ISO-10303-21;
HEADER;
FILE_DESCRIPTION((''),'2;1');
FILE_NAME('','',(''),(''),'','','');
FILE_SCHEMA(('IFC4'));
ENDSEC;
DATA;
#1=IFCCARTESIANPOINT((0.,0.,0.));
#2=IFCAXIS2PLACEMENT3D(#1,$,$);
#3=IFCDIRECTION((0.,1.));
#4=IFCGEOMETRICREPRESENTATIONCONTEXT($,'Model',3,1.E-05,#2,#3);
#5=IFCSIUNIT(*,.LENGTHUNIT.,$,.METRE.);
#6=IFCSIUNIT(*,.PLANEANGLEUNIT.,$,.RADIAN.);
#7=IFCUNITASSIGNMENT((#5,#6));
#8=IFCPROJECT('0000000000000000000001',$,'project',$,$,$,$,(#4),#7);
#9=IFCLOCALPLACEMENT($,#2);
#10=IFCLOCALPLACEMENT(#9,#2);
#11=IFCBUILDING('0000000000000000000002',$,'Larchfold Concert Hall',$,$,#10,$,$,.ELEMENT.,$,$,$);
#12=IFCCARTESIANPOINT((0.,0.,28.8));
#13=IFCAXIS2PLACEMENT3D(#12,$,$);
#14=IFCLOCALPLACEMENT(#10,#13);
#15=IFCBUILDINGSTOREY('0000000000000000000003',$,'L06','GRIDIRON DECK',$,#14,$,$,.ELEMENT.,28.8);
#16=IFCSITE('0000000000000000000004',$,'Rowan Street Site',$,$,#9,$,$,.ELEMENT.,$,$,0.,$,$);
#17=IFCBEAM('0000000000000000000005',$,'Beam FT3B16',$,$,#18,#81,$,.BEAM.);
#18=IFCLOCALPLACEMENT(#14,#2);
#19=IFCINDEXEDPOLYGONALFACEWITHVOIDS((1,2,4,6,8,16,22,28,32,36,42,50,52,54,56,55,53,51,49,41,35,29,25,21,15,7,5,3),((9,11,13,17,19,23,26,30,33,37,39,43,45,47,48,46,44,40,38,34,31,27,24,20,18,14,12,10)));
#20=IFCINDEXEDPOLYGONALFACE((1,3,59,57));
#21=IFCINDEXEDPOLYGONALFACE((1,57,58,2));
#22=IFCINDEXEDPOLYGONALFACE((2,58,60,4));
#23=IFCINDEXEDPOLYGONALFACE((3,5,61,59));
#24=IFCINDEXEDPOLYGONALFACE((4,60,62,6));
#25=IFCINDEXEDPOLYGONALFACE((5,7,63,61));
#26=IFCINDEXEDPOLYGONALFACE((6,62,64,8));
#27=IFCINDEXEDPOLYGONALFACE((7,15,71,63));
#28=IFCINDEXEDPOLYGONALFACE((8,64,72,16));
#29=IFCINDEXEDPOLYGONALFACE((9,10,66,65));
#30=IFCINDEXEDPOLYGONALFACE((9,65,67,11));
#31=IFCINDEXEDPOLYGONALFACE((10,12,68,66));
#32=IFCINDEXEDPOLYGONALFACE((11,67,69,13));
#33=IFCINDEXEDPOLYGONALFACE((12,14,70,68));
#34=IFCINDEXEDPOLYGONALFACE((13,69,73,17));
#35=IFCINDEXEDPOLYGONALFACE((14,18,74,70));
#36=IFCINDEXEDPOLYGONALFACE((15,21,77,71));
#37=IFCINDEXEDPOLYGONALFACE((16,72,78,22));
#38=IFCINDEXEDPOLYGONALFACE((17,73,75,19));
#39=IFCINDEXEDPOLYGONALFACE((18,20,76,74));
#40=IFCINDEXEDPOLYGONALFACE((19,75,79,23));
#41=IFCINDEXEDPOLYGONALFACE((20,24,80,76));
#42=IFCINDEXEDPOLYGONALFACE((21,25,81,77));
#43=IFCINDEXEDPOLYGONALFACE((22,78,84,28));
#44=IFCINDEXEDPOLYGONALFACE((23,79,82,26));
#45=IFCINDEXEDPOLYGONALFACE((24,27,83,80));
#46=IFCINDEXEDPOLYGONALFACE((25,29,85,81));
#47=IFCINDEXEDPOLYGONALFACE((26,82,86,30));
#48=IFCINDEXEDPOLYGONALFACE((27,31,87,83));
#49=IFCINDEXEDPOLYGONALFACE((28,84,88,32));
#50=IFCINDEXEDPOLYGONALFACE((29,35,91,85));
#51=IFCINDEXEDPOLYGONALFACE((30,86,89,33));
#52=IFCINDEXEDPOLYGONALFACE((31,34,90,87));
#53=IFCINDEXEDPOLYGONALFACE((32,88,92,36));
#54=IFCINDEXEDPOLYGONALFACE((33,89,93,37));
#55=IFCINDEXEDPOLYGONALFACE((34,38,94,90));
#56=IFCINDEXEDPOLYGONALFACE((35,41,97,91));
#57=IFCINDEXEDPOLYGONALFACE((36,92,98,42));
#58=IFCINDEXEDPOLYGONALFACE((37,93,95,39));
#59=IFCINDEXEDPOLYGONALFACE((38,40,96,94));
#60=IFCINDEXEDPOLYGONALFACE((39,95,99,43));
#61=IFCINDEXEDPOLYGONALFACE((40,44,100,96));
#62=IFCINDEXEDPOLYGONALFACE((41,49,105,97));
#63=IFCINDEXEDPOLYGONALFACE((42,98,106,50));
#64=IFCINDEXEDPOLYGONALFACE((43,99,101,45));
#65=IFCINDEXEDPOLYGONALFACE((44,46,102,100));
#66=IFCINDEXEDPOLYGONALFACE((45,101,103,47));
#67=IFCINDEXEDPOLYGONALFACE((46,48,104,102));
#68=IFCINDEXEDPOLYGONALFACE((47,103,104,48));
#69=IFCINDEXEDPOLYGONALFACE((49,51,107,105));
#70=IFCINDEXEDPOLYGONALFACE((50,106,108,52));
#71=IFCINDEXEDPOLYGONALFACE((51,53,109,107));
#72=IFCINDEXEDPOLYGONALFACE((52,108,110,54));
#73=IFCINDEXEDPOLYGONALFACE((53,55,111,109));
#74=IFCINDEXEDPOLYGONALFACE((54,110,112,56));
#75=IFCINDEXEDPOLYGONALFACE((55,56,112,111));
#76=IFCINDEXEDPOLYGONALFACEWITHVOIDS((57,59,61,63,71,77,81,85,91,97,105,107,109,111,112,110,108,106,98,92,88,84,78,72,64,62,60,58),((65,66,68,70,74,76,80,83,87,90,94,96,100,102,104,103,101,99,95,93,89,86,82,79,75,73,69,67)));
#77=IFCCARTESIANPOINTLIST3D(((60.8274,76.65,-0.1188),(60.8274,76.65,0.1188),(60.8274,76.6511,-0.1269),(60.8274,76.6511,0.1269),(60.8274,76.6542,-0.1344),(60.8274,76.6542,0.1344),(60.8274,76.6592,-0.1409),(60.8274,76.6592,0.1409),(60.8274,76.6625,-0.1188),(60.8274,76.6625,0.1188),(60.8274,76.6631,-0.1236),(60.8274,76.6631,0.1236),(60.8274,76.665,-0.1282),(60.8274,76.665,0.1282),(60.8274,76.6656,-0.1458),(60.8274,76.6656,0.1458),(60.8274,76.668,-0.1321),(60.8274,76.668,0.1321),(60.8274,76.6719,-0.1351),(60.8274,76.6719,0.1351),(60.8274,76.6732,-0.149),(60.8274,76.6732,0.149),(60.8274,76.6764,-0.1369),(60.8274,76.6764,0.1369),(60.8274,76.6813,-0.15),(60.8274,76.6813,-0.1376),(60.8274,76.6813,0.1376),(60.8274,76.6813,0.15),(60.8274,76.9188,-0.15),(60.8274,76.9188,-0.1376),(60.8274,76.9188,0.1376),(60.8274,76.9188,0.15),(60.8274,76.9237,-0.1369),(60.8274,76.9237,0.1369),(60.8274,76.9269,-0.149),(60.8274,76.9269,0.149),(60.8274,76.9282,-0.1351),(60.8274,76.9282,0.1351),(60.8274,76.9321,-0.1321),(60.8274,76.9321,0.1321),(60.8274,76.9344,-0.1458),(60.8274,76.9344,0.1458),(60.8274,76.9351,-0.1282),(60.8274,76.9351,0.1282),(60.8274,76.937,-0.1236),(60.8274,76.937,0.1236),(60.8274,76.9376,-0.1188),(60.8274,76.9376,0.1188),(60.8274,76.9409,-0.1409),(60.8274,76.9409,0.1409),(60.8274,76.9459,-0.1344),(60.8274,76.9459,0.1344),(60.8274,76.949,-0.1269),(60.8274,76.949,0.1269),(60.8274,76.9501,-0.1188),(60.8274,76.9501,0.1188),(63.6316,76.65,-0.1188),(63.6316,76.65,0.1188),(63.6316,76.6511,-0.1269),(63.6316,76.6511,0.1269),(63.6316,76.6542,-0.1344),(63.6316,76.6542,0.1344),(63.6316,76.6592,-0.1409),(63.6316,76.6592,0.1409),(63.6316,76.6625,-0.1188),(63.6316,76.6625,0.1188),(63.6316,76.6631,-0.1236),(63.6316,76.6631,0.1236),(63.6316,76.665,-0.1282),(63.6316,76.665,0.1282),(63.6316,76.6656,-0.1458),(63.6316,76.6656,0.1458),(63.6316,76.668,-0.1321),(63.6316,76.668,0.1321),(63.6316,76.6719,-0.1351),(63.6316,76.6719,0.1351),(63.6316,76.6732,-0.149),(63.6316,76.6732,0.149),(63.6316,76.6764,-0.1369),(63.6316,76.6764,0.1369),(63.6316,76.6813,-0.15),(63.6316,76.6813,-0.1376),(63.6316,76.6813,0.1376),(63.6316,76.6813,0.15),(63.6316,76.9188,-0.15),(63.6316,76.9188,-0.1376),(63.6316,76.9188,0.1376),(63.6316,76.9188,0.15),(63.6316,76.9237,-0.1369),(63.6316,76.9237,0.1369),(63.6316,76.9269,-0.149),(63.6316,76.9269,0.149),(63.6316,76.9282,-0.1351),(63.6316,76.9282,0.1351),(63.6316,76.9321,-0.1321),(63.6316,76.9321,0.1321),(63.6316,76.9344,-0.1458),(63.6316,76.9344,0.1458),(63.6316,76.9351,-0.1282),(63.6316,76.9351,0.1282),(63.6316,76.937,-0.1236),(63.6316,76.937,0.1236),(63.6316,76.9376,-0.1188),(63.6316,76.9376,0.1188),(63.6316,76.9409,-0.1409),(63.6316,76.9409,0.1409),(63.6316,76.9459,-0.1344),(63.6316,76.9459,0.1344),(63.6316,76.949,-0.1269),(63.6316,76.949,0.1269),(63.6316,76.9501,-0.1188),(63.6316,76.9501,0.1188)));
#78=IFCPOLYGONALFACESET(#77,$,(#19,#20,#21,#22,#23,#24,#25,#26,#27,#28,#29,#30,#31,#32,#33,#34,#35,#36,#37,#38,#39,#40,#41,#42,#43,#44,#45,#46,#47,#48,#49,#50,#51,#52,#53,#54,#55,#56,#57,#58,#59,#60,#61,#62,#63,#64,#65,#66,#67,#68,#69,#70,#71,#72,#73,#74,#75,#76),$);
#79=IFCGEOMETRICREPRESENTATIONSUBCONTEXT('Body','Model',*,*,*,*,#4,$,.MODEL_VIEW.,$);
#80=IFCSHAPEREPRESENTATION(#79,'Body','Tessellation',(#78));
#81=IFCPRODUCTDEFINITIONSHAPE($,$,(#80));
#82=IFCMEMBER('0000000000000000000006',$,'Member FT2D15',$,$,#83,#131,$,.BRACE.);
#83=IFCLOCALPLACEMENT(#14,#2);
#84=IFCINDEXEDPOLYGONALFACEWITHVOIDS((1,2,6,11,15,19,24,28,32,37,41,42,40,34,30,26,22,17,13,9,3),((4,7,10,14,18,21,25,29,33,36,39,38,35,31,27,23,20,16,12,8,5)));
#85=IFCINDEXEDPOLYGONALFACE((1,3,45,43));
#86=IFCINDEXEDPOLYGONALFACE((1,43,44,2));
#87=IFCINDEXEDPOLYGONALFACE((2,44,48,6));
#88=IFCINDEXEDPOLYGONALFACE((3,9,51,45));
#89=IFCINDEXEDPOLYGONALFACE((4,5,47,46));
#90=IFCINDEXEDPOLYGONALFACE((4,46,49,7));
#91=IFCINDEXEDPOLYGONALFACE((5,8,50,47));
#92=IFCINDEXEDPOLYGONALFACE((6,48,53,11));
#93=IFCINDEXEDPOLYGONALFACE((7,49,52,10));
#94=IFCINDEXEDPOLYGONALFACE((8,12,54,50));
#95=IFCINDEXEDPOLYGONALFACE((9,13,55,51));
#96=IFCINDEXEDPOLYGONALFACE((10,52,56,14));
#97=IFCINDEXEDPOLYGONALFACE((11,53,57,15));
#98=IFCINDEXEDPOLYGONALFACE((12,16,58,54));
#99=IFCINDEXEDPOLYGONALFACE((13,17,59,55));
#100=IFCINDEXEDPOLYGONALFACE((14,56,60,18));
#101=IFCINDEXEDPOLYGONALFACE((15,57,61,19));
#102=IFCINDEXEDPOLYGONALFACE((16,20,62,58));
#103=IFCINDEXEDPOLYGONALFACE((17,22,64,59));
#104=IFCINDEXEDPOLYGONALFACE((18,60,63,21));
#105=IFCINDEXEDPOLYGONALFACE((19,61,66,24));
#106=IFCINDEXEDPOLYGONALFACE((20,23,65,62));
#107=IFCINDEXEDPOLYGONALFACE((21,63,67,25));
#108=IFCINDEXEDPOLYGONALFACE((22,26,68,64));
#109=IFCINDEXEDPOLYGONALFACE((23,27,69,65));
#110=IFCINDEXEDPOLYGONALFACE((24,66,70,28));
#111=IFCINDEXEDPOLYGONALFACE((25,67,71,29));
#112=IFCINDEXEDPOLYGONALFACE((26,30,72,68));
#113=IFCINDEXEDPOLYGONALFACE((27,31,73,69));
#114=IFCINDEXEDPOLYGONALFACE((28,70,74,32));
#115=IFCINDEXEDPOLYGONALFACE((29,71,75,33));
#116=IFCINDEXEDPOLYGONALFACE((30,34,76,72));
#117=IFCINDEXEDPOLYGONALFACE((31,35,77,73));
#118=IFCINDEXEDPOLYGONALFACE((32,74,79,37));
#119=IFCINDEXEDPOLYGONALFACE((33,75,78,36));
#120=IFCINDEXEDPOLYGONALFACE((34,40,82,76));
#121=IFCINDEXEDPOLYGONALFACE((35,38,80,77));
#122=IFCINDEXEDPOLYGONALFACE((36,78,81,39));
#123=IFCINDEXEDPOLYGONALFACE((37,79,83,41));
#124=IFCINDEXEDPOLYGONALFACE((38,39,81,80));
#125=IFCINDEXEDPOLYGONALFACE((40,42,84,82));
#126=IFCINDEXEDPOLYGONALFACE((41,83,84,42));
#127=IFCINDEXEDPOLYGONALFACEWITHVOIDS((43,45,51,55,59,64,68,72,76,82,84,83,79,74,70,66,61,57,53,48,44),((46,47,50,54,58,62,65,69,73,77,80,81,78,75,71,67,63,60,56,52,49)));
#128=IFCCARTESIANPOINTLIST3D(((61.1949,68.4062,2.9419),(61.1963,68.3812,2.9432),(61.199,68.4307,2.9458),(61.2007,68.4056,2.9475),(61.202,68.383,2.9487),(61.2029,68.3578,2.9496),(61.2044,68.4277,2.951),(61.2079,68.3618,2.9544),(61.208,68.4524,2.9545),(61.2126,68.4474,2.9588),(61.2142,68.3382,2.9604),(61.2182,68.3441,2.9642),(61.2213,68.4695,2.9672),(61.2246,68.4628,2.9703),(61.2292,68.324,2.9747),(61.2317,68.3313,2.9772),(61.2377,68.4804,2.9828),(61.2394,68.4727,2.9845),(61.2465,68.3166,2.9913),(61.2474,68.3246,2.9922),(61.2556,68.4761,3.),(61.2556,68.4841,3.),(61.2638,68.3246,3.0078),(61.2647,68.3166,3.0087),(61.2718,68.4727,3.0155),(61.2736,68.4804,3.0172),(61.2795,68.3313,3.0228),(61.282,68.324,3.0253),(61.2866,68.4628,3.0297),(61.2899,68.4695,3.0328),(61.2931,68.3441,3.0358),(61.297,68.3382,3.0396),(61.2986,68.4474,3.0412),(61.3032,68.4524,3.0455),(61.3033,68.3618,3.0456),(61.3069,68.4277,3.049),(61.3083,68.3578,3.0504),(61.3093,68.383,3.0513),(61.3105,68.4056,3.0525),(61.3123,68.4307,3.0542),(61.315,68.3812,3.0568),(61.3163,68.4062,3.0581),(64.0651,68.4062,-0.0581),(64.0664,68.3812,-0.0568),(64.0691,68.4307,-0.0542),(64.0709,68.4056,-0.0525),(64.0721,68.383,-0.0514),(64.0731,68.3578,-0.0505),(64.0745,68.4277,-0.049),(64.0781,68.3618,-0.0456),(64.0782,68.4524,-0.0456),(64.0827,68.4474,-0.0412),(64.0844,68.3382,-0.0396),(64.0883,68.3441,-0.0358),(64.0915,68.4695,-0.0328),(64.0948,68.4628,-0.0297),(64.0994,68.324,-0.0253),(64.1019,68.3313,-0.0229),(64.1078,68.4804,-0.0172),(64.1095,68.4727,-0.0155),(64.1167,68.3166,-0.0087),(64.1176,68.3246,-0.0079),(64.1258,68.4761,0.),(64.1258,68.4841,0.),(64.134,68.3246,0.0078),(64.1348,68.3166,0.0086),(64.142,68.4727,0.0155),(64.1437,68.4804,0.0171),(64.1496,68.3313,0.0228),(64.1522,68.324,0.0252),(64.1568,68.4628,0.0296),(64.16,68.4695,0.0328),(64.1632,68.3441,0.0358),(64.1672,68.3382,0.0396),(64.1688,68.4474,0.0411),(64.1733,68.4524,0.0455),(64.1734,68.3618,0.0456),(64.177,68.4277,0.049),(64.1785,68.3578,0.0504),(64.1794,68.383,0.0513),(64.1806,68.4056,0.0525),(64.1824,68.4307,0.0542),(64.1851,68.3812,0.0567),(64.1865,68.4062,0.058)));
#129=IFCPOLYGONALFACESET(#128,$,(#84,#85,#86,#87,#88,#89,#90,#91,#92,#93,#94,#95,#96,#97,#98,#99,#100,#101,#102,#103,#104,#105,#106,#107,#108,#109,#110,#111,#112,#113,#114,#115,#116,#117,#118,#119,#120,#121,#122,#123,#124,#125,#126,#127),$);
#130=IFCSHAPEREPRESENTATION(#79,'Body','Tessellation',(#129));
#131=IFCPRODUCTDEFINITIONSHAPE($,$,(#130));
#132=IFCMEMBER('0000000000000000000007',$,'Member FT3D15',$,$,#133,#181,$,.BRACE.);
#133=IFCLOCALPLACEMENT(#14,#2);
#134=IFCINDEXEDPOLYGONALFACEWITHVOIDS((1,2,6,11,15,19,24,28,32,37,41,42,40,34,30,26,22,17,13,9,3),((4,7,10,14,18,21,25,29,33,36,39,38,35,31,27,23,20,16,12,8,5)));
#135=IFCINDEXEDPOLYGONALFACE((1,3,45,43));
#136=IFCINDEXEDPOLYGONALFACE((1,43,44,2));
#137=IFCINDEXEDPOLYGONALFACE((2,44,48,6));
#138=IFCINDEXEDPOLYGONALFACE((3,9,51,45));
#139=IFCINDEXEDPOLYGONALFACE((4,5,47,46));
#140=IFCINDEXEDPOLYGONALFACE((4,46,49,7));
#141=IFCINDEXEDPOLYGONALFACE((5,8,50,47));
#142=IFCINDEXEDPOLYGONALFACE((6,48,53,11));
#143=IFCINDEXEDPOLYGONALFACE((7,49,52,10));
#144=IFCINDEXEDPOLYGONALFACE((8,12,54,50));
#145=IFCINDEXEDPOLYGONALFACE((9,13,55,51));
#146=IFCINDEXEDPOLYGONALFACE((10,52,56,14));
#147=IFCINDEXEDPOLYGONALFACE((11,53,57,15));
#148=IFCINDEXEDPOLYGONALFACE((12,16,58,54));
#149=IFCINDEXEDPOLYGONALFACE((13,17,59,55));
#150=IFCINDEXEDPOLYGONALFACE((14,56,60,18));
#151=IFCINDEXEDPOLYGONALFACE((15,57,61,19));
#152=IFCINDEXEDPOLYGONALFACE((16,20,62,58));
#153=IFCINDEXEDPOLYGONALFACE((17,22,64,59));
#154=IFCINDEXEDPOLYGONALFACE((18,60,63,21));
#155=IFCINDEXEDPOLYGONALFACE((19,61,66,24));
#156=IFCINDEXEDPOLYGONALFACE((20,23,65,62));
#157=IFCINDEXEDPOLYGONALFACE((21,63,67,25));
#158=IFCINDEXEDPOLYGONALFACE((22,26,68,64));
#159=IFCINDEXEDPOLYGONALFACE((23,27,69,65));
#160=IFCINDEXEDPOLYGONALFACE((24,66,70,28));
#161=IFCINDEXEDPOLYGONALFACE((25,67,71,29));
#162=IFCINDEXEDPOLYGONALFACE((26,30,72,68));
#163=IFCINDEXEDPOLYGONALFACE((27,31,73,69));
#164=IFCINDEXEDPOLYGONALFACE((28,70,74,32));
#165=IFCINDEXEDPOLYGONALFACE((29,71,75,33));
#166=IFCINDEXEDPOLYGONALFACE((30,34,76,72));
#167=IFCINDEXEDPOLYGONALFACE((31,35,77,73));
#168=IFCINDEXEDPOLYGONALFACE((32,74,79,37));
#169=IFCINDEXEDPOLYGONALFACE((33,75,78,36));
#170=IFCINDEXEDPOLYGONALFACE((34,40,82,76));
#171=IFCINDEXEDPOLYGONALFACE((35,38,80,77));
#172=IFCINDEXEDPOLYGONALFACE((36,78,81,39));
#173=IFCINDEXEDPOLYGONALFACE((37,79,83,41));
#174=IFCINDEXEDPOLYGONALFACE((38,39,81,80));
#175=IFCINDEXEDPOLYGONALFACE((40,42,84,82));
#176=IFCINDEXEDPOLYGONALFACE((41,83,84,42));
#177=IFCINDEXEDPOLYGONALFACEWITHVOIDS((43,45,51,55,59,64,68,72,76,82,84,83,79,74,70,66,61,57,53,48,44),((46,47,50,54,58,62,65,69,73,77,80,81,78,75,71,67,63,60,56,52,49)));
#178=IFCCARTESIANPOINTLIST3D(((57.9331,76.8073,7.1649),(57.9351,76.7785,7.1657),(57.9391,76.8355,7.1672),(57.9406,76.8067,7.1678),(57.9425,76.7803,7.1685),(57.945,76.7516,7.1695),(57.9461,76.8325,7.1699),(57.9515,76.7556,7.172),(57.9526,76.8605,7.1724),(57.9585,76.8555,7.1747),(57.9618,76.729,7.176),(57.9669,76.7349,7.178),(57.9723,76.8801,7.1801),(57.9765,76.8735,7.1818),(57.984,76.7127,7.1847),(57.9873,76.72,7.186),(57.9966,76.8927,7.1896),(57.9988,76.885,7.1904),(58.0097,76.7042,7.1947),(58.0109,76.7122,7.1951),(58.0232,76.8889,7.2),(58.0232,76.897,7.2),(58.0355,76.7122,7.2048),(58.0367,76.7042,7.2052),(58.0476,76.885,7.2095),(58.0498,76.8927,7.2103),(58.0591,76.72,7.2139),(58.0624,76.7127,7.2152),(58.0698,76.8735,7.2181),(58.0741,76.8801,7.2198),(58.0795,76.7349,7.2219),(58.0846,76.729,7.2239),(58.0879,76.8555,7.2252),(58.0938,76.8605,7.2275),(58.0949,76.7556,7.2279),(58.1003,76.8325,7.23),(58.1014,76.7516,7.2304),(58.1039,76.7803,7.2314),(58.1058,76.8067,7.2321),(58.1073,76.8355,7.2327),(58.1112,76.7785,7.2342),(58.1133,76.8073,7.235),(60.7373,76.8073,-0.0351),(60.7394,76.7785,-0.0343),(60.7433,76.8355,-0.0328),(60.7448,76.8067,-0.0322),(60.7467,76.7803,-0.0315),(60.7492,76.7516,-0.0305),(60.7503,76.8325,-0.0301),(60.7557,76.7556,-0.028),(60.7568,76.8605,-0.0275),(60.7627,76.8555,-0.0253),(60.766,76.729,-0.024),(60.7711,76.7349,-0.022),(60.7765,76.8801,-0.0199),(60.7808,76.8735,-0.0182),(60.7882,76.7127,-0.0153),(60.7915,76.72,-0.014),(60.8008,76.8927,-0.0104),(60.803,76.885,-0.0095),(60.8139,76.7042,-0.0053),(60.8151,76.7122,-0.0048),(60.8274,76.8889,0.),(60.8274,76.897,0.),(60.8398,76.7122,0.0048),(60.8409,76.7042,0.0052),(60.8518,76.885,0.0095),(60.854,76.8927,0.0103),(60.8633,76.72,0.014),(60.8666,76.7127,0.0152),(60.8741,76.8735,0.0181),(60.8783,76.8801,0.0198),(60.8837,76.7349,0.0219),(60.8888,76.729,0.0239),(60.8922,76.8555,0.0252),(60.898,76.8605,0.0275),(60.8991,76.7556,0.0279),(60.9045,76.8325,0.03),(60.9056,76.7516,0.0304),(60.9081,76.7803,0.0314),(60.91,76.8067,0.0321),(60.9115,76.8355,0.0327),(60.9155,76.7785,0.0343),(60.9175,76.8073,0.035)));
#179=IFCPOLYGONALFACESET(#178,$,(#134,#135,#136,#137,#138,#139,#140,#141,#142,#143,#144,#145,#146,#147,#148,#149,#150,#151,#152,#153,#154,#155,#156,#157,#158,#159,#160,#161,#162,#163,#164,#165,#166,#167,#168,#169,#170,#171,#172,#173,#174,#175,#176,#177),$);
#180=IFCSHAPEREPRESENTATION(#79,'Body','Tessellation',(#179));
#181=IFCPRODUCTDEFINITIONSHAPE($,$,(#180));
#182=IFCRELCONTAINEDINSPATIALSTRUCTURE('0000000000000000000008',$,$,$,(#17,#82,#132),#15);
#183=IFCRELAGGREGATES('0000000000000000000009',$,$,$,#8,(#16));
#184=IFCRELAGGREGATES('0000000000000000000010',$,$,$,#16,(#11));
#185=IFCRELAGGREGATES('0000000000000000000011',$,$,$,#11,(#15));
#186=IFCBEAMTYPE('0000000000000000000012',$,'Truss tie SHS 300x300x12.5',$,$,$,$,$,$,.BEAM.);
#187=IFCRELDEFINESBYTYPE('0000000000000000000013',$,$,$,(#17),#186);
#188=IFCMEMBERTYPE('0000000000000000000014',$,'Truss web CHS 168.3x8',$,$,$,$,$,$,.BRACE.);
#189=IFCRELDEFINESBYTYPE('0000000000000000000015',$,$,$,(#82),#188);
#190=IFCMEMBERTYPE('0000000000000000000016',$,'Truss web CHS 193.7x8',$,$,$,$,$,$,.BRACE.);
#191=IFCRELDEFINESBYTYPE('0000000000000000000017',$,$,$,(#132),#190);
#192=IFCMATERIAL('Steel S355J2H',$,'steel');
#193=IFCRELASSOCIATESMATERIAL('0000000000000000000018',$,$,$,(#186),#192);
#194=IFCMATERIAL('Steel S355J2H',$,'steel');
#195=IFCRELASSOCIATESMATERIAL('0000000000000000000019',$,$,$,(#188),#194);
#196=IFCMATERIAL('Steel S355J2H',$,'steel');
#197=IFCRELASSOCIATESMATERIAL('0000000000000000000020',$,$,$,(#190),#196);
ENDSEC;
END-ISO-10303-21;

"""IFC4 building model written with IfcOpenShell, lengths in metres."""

from ifc_helpers import new_model, si_unit, direction, frame, origin, origin_2d, place, context, subcontext, project, spatial, hollow_rectangle, hollow_circle, extrude, material, material_profile, profile_set, type_object, element, save


model = new_model("IFC4")

# Units and contexts
model_context = context("Model", 3, precision=1e-05, world=origin(), true_north=direction((0.0, 1.0)))
body_context = subcontext(model_context, "Body", "Model", "MODEL_VIEW")
ifc_project = project(units=[si_unit("LENGTHUNIT", "METRE"), si_unit("PLANEANGLEUNIT", "RADIAN")], contexts=[model_context])

# Site, building, storey
site_placement = place(None, origin())
site = spatial("IfcSite", under=ifc_project, at=site_placement, Name="Rowan Street Site", CompositionType="ELEMENT", RefElevation=0.0)
building_placement = place(site_placement, origin())
building = spatial("IfcBuilding", under=site, at=building_placement, Name="Larchfold Concert Hall", CompositionType="ELEMENT")
storey_placement = place(building_placement, frame((0.0, 0.0, 28.8)))
storey = spatial("IfcBuildingStorey", under=building, at=storey_placement, Name="L06", Description="GRIDIRON DECK", CompositionType="ELEMENT", Elevation=28.8)

# Beam
ifc_material_1 = material(Name="Steel S355J2H", Category="steel")
ifc_material_profile_1 = material_profile(ifc_material_1, hollow_rectangle(XDim=0.3, YDim=0.3, WallThickness=0.0125, InnerFilletRadius=0.0188, OuterFilletRadius=0.0312, at=origin_2d()))
ifc_profile_set_1 = profile_set([ifc_material_profile_1], Name="Steel S355J2H")
beam_type_1 = type_object("IfcBeamType", Name="Truss tie SHS 300x300x12.5", PredefinedType="BEAM", material=ifc_profile_set_1)
for number, where, z_axis, x_axis, name in (
    (1, (60.8274, 76.8, 0.0), (1.0, 0.0, 0.0), (0.0, 1.0, 0.0), "Beam FT3B16"),
):
    element("IfcBeam", number, at=place(storey_placement, frame(where, z_axis=z_axis, x_axis=x_axis)), inside=storey, type_object=beam_type_1, Name=name, PredefinedType="BEAM", context=body_context, shape_type="SweptSolid", body=[
        extrude(hollow_rectangle(XDim=0.3, YDim=0.3, WallThickness=0.0125, InnerFilletRadius=0.0188, OuterFilletRadius=0.0312, at=origin_2d()), origin(), (0.0, 0.0, 1.0), 2.8042),
    ])

# Members
ifc_material_2 = material(Name="Steel S355J2H", Category="steel")
ifc_material_profile_2 = material_profile(ifc_material_2, hollow_circle(Radius=0.0842, WallThickness=0.0081, at=origin_2d()))
ifc_profile_set_2 = profile_set([ifc_material_profile_2], Name="Steel S355J2H")
member_type_1 = type_object("IfcMemberType", Name="Truss web CHS 168.3x8", PredefinedType="BRACE", material=ifc_profile_set_2)
member_1_placement = place(storey_placement, frame((61.2556, 68.3999, 3.0), z_axis=(0.691292, 0.0, -0.722575), x_axis=(0.0, 1.0, 0.0)))
element("IfcMember", 2, at=member_1_placement, inside=storey, type_object=member_type_1, Name="Member FT2D15", PredefinedType="BRACE", context=body_context, shape_type="SweptSolid", body=[
    extrude(hollow_circle(Radius=0.0842, WallThickness=0.0081, at=origin_2d()), origin(), (0.0, 0.0, 1.0), 4.1519),
])
ifc_material_3 = material(Name="Steel S355J2H", Category="steel")
ifc_material_profile_3 = material_profile(ifc_material_3, hollow_circle(Radius=0.0969, WallThickness=0.0081, at=origin_2d()))
ifc_profile_set_3 = profile_set([ifc_material_profile_3], Name="Steel S355J2H")
member_type_2 = type_object("IfcMemberType", Name="Truss web CHS 193.7x8", PredefinedType="BRACE", material=ifc_profile_set_3)
for number, where, z_axis, x_axis, name in (
    (3, (58.0232, 76.8, 7.2), (0.36292, 0.0, -0.93182), (0.0, 1.0, 0.0), "Member FT3D15"),
):
    element("IfcMember", number, at=place(storey_placement, frame(where, z_axis=z_axis, x_axis=x_axis)), inside=storey, type_object=member_type_2, Name=name, PredefinedType="BRACE", context=body_context, shape_type="SweptSolid", body=[
        extrude(hollow_circle(Radius=0.0969, WallThickness=0.0081, at=origin_2d()), origin(), (0.0, 0.0, 1.0), 7.7268),
    ])

save(model, "model.ifc")
